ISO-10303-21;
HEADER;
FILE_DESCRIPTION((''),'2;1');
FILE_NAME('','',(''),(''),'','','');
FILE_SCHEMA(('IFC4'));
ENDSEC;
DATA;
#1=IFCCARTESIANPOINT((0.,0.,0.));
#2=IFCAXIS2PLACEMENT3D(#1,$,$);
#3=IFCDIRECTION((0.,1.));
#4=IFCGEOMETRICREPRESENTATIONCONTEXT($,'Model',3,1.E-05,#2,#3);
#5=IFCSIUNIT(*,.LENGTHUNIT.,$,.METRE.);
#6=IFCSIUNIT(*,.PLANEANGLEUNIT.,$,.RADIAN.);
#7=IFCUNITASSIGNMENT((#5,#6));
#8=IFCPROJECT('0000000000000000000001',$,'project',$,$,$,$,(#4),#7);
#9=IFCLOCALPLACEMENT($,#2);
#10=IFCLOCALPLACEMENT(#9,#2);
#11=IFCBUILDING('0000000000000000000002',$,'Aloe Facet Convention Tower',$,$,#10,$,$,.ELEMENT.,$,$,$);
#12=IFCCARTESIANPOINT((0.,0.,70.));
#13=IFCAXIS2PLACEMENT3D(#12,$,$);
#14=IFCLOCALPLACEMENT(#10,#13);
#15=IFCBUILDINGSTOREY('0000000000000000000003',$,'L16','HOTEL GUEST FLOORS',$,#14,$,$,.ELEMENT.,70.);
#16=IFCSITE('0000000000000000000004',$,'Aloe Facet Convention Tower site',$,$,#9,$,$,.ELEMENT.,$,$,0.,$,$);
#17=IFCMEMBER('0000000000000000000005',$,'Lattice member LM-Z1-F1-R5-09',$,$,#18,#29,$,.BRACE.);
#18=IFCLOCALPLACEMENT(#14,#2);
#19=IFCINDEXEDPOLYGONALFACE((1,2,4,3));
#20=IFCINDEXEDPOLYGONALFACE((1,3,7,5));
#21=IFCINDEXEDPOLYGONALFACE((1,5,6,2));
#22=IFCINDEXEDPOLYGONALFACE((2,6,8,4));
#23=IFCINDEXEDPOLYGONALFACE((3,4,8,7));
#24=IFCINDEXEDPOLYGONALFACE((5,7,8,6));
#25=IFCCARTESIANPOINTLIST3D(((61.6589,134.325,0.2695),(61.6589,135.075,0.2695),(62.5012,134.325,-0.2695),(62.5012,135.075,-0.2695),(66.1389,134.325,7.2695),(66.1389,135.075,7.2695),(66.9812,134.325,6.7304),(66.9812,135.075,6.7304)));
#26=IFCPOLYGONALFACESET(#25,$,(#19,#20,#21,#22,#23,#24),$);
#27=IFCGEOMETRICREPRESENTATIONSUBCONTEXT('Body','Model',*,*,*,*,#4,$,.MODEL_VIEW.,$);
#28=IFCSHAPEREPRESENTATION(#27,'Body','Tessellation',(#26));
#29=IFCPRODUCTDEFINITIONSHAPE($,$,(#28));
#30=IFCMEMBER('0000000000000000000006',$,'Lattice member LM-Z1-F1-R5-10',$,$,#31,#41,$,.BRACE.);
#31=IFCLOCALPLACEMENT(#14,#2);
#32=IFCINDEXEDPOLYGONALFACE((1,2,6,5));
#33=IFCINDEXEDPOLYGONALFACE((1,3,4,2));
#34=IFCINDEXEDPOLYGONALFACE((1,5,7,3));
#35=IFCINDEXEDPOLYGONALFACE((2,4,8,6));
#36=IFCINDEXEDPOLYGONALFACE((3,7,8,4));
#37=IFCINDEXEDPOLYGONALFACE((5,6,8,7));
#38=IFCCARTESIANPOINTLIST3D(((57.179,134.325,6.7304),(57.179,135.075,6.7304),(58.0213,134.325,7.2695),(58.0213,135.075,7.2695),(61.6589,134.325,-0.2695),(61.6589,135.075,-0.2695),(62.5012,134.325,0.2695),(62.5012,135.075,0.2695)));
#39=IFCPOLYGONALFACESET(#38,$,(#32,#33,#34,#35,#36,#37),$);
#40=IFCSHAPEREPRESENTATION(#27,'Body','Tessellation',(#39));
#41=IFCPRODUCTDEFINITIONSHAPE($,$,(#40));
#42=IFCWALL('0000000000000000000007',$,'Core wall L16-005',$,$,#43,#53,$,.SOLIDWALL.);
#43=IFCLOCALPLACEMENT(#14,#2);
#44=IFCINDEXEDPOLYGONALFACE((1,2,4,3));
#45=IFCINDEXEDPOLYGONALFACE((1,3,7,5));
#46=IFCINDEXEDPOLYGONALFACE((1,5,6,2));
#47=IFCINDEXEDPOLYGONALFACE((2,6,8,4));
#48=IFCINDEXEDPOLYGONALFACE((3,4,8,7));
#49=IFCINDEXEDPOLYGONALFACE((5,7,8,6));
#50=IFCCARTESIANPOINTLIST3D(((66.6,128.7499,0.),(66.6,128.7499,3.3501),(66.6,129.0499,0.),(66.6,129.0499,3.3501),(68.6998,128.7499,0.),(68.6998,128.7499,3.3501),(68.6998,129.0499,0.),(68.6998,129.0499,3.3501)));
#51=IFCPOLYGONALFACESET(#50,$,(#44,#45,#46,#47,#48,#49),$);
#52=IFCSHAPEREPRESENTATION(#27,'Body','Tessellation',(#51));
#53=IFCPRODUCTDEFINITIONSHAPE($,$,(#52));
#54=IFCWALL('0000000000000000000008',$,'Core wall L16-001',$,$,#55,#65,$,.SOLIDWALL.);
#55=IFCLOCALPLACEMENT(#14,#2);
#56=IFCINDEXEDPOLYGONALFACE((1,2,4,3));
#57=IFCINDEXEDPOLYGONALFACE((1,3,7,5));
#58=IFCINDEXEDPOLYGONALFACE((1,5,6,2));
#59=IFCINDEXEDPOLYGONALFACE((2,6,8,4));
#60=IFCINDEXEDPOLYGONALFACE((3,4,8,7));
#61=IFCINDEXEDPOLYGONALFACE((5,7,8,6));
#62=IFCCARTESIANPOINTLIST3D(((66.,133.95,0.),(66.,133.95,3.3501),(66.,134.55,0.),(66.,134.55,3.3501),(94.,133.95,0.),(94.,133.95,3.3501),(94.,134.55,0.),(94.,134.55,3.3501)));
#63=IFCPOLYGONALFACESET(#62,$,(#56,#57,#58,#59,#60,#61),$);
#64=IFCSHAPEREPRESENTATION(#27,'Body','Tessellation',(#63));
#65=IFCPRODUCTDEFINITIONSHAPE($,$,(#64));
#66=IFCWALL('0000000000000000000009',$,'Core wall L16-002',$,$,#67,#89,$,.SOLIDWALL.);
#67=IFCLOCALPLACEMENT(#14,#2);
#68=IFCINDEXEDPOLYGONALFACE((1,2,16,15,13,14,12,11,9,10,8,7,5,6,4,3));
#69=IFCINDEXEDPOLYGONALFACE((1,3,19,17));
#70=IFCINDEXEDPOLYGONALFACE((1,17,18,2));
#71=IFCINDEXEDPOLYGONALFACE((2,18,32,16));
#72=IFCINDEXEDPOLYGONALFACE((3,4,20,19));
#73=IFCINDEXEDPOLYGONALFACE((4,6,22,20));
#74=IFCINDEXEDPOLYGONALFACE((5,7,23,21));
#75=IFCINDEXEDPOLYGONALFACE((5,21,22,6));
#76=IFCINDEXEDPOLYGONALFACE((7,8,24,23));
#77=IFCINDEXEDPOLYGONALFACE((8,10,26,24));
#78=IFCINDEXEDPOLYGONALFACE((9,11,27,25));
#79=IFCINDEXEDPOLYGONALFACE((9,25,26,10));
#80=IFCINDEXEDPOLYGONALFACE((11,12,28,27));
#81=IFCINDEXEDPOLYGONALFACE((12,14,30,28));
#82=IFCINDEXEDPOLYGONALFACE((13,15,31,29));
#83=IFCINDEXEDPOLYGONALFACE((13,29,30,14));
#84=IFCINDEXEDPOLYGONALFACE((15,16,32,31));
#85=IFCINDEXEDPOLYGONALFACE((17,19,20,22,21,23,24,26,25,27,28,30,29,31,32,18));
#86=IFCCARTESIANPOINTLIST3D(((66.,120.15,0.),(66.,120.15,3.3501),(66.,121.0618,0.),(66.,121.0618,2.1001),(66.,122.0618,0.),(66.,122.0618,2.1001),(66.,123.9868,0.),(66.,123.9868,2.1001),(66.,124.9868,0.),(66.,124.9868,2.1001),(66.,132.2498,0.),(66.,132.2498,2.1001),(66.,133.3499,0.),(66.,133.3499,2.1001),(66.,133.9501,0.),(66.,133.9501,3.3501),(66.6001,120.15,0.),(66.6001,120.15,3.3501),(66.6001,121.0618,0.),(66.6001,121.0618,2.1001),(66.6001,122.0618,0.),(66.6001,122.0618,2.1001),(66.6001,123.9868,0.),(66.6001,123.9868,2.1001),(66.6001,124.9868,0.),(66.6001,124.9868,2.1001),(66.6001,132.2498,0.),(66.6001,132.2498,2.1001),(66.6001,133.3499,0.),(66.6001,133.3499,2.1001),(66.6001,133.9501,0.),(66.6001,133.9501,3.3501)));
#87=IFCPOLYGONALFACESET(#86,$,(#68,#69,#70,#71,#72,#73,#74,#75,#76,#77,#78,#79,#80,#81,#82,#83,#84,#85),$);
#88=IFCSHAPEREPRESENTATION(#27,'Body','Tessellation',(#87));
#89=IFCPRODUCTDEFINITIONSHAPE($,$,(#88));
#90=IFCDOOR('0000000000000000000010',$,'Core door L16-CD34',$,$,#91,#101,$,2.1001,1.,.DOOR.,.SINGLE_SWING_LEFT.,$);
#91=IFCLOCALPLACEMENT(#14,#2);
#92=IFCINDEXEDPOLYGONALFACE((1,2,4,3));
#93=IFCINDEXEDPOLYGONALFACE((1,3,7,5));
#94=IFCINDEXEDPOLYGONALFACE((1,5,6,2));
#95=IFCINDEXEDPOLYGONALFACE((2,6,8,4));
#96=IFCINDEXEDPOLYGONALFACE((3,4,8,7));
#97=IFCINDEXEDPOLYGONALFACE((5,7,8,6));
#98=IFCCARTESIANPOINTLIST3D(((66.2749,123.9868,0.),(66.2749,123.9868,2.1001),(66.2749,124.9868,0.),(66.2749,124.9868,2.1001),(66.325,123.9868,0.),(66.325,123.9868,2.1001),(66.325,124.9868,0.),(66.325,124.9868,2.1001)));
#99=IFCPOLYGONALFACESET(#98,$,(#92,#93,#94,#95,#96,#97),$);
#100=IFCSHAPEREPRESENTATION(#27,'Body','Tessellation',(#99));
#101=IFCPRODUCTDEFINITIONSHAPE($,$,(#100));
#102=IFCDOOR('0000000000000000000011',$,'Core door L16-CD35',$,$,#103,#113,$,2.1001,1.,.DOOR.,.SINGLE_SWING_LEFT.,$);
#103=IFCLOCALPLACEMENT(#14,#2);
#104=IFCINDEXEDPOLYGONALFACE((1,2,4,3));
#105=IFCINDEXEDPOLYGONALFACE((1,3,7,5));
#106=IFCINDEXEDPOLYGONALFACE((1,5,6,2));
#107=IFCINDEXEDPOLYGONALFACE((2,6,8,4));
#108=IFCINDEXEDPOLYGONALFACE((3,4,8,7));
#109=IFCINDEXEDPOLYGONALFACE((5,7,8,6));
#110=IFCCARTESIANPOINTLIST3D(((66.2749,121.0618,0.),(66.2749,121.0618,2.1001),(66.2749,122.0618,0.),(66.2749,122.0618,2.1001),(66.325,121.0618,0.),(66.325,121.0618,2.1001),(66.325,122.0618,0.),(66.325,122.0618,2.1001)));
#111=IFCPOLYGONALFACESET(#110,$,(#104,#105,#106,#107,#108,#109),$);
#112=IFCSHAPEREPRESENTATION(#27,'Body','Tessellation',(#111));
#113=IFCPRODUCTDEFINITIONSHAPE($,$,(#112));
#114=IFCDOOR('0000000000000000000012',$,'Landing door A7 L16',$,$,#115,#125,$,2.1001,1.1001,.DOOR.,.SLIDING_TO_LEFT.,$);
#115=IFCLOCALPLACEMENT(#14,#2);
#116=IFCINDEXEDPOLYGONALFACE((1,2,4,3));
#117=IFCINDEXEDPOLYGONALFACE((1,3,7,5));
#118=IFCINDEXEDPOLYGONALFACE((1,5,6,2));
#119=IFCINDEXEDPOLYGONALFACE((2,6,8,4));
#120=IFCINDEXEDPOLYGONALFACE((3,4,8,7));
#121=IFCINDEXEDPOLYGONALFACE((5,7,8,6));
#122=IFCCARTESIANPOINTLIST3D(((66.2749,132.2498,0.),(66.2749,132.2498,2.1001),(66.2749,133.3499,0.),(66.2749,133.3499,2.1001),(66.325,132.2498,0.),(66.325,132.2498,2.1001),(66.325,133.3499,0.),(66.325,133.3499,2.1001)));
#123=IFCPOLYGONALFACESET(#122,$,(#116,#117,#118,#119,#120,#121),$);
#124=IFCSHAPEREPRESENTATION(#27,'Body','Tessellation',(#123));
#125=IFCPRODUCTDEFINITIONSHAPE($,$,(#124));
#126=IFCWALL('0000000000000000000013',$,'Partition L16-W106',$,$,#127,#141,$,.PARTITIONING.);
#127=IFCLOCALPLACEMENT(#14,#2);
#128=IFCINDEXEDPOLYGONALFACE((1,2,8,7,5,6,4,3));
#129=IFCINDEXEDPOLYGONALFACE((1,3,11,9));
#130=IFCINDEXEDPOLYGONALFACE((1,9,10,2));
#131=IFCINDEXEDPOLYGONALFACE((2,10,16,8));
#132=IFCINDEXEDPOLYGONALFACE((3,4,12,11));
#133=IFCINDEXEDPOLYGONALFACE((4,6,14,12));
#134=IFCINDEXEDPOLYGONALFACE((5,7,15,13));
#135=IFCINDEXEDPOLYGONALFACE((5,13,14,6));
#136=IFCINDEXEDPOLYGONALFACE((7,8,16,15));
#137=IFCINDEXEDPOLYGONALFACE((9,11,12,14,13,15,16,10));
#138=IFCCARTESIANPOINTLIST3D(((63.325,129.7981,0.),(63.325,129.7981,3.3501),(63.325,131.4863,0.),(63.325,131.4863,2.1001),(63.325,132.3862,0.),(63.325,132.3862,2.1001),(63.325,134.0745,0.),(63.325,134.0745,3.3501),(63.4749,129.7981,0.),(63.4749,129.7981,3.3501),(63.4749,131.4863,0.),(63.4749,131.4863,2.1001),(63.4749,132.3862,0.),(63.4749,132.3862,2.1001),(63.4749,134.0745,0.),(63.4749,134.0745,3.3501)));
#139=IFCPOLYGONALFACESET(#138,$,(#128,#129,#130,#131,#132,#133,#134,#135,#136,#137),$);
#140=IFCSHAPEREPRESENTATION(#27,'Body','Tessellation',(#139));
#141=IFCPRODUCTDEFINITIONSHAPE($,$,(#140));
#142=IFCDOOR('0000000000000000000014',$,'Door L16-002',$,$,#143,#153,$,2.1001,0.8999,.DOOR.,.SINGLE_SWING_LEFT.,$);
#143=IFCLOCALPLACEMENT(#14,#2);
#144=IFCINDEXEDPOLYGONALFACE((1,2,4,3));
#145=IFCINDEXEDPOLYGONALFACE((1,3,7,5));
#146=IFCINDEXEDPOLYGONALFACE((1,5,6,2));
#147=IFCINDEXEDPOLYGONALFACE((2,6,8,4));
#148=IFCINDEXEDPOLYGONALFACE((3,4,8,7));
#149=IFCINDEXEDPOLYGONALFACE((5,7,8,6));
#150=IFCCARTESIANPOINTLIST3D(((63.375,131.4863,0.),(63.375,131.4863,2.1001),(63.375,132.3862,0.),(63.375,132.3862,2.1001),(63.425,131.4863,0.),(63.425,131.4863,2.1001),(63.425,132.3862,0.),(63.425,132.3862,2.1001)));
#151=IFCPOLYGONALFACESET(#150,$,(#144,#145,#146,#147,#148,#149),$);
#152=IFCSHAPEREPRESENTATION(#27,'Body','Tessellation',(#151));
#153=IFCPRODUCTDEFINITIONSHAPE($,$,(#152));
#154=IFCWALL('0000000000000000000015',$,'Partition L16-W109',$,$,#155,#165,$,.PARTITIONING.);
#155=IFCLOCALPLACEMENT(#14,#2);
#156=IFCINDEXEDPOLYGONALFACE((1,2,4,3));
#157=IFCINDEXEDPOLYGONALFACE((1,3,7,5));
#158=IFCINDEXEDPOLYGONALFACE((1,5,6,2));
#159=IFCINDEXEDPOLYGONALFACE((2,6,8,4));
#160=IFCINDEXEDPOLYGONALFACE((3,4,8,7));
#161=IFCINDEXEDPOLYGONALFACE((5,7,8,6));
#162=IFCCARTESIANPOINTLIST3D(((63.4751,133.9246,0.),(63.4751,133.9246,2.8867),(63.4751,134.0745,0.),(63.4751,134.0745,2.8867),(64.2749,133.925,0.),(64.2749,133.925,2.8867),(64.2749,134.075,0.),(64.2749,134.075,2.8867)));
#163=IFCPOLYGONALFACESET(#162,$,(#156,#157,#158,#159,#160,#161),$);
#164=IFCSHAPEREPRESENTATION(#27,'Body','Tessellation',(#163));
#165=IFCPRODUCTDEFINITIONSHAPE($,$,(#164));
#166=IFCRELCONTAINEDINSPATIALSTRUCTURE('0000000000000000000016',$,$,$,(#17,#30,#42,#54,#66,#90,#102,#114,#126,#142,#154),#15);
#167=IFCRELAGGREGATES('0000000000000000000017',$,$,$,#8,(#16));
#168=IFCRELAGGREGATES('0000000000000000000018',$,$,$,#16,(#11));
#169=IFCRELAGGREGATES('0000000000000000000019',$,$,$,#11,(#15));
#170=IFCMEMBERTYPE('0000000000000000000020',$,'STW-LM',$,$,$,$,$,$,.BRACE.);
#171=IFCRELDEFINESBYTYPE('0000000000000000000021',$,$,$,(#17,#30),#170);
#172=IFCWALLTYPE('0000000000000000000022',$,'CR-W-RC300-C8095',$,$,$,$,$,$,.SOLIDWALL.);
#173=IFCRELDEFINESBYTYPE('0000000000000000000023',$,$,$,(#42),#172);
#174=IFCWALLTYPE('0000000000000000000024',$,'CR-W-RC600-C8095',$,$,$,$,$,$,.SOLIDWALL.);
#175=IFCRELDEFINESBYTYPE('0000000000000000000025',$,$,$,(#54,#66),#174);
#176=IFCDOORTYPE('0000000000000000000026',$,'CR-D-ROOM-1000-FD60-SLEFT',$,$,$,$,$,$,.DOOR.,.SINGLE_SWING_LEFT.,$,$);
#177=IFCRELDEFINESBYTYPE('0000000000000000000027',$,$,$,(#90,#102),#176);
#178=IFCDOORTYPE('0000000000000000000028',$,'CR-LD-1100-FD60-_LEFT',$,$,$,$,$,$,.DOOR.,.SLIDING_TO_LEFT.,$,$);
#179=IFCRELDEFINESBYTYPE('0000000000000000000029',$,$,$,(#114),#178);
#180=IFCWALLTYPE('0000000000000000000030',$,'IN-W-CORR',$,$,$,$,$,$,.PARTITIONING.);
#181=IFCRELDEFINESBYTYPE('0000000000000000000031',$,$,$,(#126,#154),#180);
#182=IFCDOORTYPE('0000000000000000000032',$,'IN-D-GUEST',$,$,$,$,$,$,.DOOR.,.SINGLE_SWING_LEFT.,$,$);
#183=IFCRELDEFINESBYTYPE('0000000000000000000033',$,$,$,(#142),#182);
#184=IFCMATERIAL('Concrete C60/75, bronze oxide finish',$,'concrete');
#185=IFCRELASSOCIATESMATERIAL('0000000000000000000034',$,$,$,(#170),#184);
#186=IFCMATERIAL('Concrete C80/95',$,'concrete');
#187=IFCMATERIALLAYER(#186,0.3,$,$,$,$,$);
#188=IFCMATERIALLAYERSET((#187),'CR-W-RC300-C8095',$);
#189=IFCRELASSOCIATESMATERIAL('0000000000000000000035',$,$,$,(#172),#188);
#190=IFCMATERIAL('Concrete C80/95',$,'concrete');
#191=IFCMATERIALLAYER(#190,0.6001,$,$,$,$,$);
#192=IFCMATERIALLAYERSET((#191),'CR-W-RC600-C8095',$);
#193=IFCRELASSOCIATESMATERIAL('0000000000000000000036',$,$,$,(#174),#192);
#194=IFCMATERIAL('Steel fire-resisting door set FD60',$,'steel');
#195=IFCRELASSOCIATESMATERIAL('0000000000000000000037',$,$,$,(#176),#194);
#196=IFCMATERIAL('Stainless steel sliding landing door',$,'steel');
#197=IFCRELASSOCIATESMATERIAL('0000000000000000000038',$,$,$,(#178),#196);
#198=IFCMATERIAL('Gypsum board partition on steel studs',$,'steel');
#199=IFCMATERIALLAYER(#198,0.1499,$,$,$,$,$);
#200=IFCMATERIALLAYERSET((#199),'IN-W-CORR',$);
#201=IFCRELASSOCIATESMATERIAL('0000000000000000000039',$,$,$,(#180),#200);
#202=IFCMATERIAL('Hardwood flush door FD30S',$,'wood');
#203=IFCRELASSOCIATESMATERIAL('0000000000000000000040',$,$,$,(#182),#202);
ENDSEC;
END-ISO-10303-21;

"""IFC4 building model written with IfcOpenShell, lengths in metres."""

from ifc_helpers import new_model, si_unit, direction, frame, frame_2d, origin, origin_2d, place, context, subcontext, project, spatial, rectangle, extrude, material, layer, layer_set, material_profile, profile_set, type_object, element, fill, save


model = new_model("IFC4")

# Units and contexts
model_context = context("Model", 3, precision=1e-05, world=origin(), true_north=direction((0.0, 1.0)))
body_context = subcontext(model_context, "Body", "Model", "MODEL_VIEW")
ifc_project = project(units=[si_unit("LENGTHUNIT", "METRE"), si_unit("PLANEANGLEUNIT", "RADIAN")], contexts=[model_context])

# Site, building, storey
site_placement = place(None, origin())
site = spatial("IfcSite", under=ifc_project, at=site_placement, Name="Aloe Facet Convention Tower site", CompositionType="ELEMENT", RefElevation=0.0)
building_placement = place(site_placement, origin())
building = spatial("IfcBuilding", under=site, at=building_placement, Name="Aloe Facet Convention Tower", CompositionType="ELEMENT")
storey_placement = place(building_placement, frame((0.0, 0.0, 70.0)))
storey = spatial("IfcBuildingStorey", under=building, at=storey_placement, Name="L16", Description="HOTEL GUEST FLOORS", CompositionType="ELEMENT", Elevation=70.0)

# Members
ifc_material_1 = material(Name="Concrete C60/75, bronze oxide finish", Category="concrete")
ifc_material_profile = material_profile(ifc_material_1, rectangle(XDim=0.75, YDim=1.0, at=origin_2d()), Name="STW-LM")
ifc_profile_set = profile_set([ifc_material_profile], Name="Concrete C60/75, bronze oxide finish")
member_type = type_object("IfcMemberType", Name="STW-LM", PredefinedType="BRACE", material=ifc_profile_set)
for number, where, z_axis, x_axis, name in (
    (1, (62.0801, 134.7, 0.0), (0.539052, 0.0, 0.842272), (0.0, 1.0, 0.0), "Lattice member LM-Z1-F1-R5-09"),
    (2, (62.0801, 134.7, 0.0), (-0.539052, 0.0, 0.842272), (0.0, -1.0, 0.0), "Lattice member LM-Z1-F1-R5-10"),
):
    element("IfcMember", number, at=place(storey_placement, frame(where, z_axis=z_axis, x_axis=x_axis)), inside=storey, type_object=member_type, Name=name, PredefinedType="BRACE", context=body_context, shape_type="SweptSolid", body=[
        extrude(rectangle(XDim=0.75, YDim=1.0, at=origin_2d()), origin(), (0.0, 0.0, 1.0), 8.3108),
    ])

# Walls
ifc_material_2 = material(Name="Concrete C80/95", Category="concrete")
ifc_layer_1 = layer(ifc_material_2, 0.3)
ifc_layer_set_1 = layer_set([ifc_layer_1], Name="CR-W-RC300-C8095")
wall_type_1 = type_object("IfcWallType", Name="CR-W-RC300-C8095", PredefinedType="SOLIDWALL", material=ifc_layer_set_1)
wall_1_placement = place(storey_placement, frame((66.6001, 128.8999, 0.0), z_axis=(0.0, 0.0, 1.0), x_axis=(1.0, 0.0, 0.0)))
element("IfcWall", 3, at=wall_1_placement, inside=storey, type_object=wall_type_1, Name="Core wall L16-005", PredefinedType="SOLIDWALL", context=body_context, shape_type="SweptSolid", body=[
    extrude(rectangle(XDim=2.0999, YDim=0.3, at=frame_2d((1.0498, 0.0))), origin(), (0.0, 0.0, 1.0), 3.3501),
])
ifc_material_3 = material(Name="Concrete C80/95", Category="concrete")
ifc_layer_2 = layer(ifc_material_3, 0.6001)
ifc_layer_set_2 = layer_set([ifc_layer_2], Name="CR-W-RC600-C8095")
wall_type_2 = type_object("IfcWallType", Name="CR-W-RC600-C8095", PredefinedType="SOLIDWALL", material=ifc_layer_set_2)
wall_2_placement = place(storey_placement, frame((66.0, 134.25, 0.0), z_axis=(0.0, 0.0, 1.0), x_axis=(1.0, 0.0, 0.0)))
element("IfcWall", 4, at=wall_2_placement, inside=storey, type_object=wall_type_2, Name="Core wall L16-001", PredefinedType="SOLIDWALL", context=body_context, shape_type="SweptSolid", body=[
    extrude(rectangle(XDim=28.0, YDim=0.6001, at=frame_2d((14.0, 0.0))), origin(), (0.0, 0.0, 1.0), 3.3501),
])

# Wall, openings, doors
wall_3_placement = place(storey_placement, frame((66.3, 133.95, 0.0), z_axis=(0.0, 0.0, 1.0), x_axis=(0.0, -1.0, 0.0)))
wall_3 = element("IfcWall", 5, at=wall_3_placement, inside=storey, type_object=wall_type_2, Name="Core wall L16-002", PredefinedType="SOLIDWALL", context=body_context, shape_type="SweptSolid", body=[
    extrude(rectangle(XDim=13.8, YDim=0.6001, at=frame_2d((6.8999, 0.0))), origin(), (0.0, 0.0, 1.0), 3.3501),
])
opening_1_placement = place(wall_3_placement, frame((0.6001, 0.0, 0.0)))
opening_1 = element("IfcOpeningElement", 6, at=opening_1_placement, cuts=wall_3, PredefinedType="OPENING", context=body_context, shape_type="SweptSolid", body=[
    extrude(rectangle(XDim=1.1001, YDim=2.1001, at=frame_2d((0.55, 1.05))), frame((0.0, 0.3101, 0.0), z_axis=(0.0, -1.0, 0.0), x_axis=(1.0, 0.0, 0.0)), (0.0, 0.0, 1.0), 0.6201),
])
opening_2_placement = place(wall_3_placement, frame((8.9631, 0.0, 0.0)))
opening_2 = element("IfcOpeningElement", 7, at=opening_2_placement, cuts=wall_3, PredefinedType="OPENING", context=body_context, shape_type="SweptSolid", body=[
    extrude(rectangle(XDim=1.0, YDim=2.1001, at=frame_2d((0.5, 1.05))), frame((0.0, 0.3101, 0.0), z_axis=(0.0, -1.0, 0.0), x_axis=(1.0, 0.0, 0.0)), (0.0, 0.0, 1.0), 0.6201),
])
opening_3_placement = place(wall_3_placement, frame((11.8882, 0.0, 0.0)))
opening_3 = element("IfcOpeningElement", 8, at=opening_3_placement, cuts=wall_3, PredefinedType="OPENING", context=body_context, shape_type="SweptSolid", body=[
    extrude(rectangle(XDim=1.0, YDim=2.1001, at=frame_2d((0.5, 1.05))), frame((0.0, 0.3101, 0.0), z_axis=(0.0, -1.0, 0.0), x_axis=(1.0, 0.0, 0.0)), (0.0, 0.0, 1.0), 0.6201),
])
ifc_material_4 = material(Name="Steel fire-resisting door set FD60", Category="steel")
door_type_1 = type_object("IfcDoorType", Name="CR-D-ROOM-1000-FD60-SLEFT", OperationType="SINGLE_SWING_LEFT", PredefinedType="DOOR", material=ifc_material_4)
door_1_placement = place(opening_2_placement, origin())
door_1 = element("IfcDoor", 9, at=door_1_placement, inside=storey, type_object=door_type_1, Name="Core door L16-CD34", OperationType="SINGLE_SWING_LEFT", OverallHeight=2.1001, OverallWidth=1.0, PredefinedType="DOOR", context=body_context, shape_type="SweptSolid", body=[
    extrude(rectangle(XDim=1.0, YDim=2.1001, at=frame_2d((0.5, 1.05))), frame((0.0, 0.0249, 0.0), z_axis=(0.0, -1.0, 0.0), x_axis=(1.0, 0.0, 0.0)), (0.0, 0.0, 1.0), 0.05),
])
fill(opening_2, door_1)
door_2_placement = place(opening_3_placement, origin())
door_2 = element("IfcDoor", 10, at=door_2_placement, inside=storey, type_object=door_type_1, Name="Core door L16-CD35", OperationType="SINGLE_SWING_LEFT", OverallHeight=2.1001, OverallWidth=1.0, PredefinedType="DOOR", context=body_context, shape_type="SweptSolid", body=[
    extrude(rectangle(XDim=1.0, YDim=2.1001, at=frame_2d((0.5, 1.05))), frame((0.0, 0.0249, 0.0), z_axis=(0.0, -1.0, 0.0), x_axis=(1.0, 0.0, 0.0)), (0.0, 0.0, 1.0), 0.05),
])
fill(opening_3, door_2)
ifc_material_5 = material(Name="Stainless steel sliding landing door", Category="steel")
door_type_2 = type_object("IfcDoorType", Name="CR-LD-1100-FD60-_LEFT", OperationType="SLIDING_TO_LEFT", PredefinedType="DOOR", material=ifc_material_5)
door_3_placement = place(opening_1_placement, origin())
door_3 = element("IfcDoor", 11, at=door_3_placement, inside=storey, type_object=door_type_2, Name="Landing door A7 L16", OperationType="SLIDING_TO_LEFT", OverallHeight=2.1001, OverallWidth=1.1001, PredefinedType="DOOR", context=body_context, shape_type="SweptSolid", body=[
    extrude(rectangle(XDim=1.1001, YDim=2.1001, at=frame_2d((0.55, 1.05))), frame((0.0, 0.0249, 0.0), z_axis=(0.0, -1.0, 0.0), x_axis=(1.0, 0.0, 0.0)), (0.0, 0.0, 1.0), 0.05),
])
fill(opening_1, door_3)

# Wall, opening, door
ifc_material_6 = material(Name="Gypsum board partition on steel studs", Category="steel")
ifc_layer_3 = layer(ifc_material_6, 0.1499)
ifc_layer_set_3 = layer_set([ifc_layer_3], Name="IN-W-CORR")
wall_type_3 = type_object("IfcWallType", Name="IN-W-CORR", PredefinedType="PARTITIONING", material=ifc_layer_set_3)
wall_4_placement = place(storey_placement, frame((63.3999, 129.7981, 0.0), z_axis=(0.0, 0.0, 1.0), x_axis=(0.0, 1.0, 0.0)))
wall_4 = element("IfcWall", 12, at=wall_4_placement, inside=storey, type_object=wall_type_3, Name="Partition L16-W106", PredefinedType="PARTITIONING", context=body_context, shape_type="SweptSolid", body=[
    extrude(rectangle(XDim=4.2764, YDim=0.1499, at=frame_2d((2.1382, 0.0))), origin(), (0.0, 0.0, 1.0), 3.3501),
])
opening_4_placement = place(wall_4_placement, frame((1.6882, 0.0, 0.0)))
opening_4 = element("IfcOpeningElement", 13, at=opening_4_placement, cuts=wall_4, PredefinedType="OPENING", context=body_context, shape_type="SweptSolid", body=[
    extrude(rectangle(XDim=0.8999, YDim=2.1001, at=frame_2d((0.45, 1.05))), frame((0.0, 0.085, 0.0), z_axis=(0.0, -1.0, 0.0), x_axis=(1.0, 0.0, 0.0)), (0.0, 0.0, 1.0), 0.1699),
])
ifc_material_7 = material(Name="Hardwood flush door FD30S", Category="wood")
door_type_3 = type_object("IfcDoorType", Name="IN-D-GUEST", OperationType="SINGLE_SWING_LEFT", PredefinedType="DOOR", material=ifc_material_7)
door_4_placement = place(opening_4_placement, origin())
door_4 = element("IfcDoor", 14, at=door_4_placement, inside=storey, type_object=door_type_3, Name="Door L16-002", OperationType="SINGLE_SWING_LEFT", OverallHeight=2.1001, OverallWidth=0.8999, PredefinedType="DOOR", context=body_context, shape_type="SweptSolid", body=[
    extrude(rectangle(XDim=0.8999, YDim=2.1001, at=frame_2d((0.45, 1.05))), frame((0.0, 0.0249, 0.0), z_axis=(0.0, -1.0, 0.0), x_axis=(1.0, 0.0, 0.0)), (0.0, 0.0, 1.0), 0.05),
])
fill(opening_4, door_4)

# Wall
wall_5_placement = place(storey_placement, frame((63.4751, 133.9995, 0.0), z_axis=(0.0, 0.0, 1.0), x_axis=(1.0, 0.000611, 0.0)))
element("IfcWall", 15, at=wall_5_placement, inside=storey, type_object=wall_type_3, Name="Partition L16-W109", PredefinedType="PARTITIONING", context=body_context, shape_type="SweptSolid", body=[
    extrude(rectangle(XDim=0.7998, YDim=0.1499, at=frame_2d((0.3999, 0.0))), origin(), (0.0, 0.0, 1.0), 2.8867),
])

save(model, "model.ifc")
